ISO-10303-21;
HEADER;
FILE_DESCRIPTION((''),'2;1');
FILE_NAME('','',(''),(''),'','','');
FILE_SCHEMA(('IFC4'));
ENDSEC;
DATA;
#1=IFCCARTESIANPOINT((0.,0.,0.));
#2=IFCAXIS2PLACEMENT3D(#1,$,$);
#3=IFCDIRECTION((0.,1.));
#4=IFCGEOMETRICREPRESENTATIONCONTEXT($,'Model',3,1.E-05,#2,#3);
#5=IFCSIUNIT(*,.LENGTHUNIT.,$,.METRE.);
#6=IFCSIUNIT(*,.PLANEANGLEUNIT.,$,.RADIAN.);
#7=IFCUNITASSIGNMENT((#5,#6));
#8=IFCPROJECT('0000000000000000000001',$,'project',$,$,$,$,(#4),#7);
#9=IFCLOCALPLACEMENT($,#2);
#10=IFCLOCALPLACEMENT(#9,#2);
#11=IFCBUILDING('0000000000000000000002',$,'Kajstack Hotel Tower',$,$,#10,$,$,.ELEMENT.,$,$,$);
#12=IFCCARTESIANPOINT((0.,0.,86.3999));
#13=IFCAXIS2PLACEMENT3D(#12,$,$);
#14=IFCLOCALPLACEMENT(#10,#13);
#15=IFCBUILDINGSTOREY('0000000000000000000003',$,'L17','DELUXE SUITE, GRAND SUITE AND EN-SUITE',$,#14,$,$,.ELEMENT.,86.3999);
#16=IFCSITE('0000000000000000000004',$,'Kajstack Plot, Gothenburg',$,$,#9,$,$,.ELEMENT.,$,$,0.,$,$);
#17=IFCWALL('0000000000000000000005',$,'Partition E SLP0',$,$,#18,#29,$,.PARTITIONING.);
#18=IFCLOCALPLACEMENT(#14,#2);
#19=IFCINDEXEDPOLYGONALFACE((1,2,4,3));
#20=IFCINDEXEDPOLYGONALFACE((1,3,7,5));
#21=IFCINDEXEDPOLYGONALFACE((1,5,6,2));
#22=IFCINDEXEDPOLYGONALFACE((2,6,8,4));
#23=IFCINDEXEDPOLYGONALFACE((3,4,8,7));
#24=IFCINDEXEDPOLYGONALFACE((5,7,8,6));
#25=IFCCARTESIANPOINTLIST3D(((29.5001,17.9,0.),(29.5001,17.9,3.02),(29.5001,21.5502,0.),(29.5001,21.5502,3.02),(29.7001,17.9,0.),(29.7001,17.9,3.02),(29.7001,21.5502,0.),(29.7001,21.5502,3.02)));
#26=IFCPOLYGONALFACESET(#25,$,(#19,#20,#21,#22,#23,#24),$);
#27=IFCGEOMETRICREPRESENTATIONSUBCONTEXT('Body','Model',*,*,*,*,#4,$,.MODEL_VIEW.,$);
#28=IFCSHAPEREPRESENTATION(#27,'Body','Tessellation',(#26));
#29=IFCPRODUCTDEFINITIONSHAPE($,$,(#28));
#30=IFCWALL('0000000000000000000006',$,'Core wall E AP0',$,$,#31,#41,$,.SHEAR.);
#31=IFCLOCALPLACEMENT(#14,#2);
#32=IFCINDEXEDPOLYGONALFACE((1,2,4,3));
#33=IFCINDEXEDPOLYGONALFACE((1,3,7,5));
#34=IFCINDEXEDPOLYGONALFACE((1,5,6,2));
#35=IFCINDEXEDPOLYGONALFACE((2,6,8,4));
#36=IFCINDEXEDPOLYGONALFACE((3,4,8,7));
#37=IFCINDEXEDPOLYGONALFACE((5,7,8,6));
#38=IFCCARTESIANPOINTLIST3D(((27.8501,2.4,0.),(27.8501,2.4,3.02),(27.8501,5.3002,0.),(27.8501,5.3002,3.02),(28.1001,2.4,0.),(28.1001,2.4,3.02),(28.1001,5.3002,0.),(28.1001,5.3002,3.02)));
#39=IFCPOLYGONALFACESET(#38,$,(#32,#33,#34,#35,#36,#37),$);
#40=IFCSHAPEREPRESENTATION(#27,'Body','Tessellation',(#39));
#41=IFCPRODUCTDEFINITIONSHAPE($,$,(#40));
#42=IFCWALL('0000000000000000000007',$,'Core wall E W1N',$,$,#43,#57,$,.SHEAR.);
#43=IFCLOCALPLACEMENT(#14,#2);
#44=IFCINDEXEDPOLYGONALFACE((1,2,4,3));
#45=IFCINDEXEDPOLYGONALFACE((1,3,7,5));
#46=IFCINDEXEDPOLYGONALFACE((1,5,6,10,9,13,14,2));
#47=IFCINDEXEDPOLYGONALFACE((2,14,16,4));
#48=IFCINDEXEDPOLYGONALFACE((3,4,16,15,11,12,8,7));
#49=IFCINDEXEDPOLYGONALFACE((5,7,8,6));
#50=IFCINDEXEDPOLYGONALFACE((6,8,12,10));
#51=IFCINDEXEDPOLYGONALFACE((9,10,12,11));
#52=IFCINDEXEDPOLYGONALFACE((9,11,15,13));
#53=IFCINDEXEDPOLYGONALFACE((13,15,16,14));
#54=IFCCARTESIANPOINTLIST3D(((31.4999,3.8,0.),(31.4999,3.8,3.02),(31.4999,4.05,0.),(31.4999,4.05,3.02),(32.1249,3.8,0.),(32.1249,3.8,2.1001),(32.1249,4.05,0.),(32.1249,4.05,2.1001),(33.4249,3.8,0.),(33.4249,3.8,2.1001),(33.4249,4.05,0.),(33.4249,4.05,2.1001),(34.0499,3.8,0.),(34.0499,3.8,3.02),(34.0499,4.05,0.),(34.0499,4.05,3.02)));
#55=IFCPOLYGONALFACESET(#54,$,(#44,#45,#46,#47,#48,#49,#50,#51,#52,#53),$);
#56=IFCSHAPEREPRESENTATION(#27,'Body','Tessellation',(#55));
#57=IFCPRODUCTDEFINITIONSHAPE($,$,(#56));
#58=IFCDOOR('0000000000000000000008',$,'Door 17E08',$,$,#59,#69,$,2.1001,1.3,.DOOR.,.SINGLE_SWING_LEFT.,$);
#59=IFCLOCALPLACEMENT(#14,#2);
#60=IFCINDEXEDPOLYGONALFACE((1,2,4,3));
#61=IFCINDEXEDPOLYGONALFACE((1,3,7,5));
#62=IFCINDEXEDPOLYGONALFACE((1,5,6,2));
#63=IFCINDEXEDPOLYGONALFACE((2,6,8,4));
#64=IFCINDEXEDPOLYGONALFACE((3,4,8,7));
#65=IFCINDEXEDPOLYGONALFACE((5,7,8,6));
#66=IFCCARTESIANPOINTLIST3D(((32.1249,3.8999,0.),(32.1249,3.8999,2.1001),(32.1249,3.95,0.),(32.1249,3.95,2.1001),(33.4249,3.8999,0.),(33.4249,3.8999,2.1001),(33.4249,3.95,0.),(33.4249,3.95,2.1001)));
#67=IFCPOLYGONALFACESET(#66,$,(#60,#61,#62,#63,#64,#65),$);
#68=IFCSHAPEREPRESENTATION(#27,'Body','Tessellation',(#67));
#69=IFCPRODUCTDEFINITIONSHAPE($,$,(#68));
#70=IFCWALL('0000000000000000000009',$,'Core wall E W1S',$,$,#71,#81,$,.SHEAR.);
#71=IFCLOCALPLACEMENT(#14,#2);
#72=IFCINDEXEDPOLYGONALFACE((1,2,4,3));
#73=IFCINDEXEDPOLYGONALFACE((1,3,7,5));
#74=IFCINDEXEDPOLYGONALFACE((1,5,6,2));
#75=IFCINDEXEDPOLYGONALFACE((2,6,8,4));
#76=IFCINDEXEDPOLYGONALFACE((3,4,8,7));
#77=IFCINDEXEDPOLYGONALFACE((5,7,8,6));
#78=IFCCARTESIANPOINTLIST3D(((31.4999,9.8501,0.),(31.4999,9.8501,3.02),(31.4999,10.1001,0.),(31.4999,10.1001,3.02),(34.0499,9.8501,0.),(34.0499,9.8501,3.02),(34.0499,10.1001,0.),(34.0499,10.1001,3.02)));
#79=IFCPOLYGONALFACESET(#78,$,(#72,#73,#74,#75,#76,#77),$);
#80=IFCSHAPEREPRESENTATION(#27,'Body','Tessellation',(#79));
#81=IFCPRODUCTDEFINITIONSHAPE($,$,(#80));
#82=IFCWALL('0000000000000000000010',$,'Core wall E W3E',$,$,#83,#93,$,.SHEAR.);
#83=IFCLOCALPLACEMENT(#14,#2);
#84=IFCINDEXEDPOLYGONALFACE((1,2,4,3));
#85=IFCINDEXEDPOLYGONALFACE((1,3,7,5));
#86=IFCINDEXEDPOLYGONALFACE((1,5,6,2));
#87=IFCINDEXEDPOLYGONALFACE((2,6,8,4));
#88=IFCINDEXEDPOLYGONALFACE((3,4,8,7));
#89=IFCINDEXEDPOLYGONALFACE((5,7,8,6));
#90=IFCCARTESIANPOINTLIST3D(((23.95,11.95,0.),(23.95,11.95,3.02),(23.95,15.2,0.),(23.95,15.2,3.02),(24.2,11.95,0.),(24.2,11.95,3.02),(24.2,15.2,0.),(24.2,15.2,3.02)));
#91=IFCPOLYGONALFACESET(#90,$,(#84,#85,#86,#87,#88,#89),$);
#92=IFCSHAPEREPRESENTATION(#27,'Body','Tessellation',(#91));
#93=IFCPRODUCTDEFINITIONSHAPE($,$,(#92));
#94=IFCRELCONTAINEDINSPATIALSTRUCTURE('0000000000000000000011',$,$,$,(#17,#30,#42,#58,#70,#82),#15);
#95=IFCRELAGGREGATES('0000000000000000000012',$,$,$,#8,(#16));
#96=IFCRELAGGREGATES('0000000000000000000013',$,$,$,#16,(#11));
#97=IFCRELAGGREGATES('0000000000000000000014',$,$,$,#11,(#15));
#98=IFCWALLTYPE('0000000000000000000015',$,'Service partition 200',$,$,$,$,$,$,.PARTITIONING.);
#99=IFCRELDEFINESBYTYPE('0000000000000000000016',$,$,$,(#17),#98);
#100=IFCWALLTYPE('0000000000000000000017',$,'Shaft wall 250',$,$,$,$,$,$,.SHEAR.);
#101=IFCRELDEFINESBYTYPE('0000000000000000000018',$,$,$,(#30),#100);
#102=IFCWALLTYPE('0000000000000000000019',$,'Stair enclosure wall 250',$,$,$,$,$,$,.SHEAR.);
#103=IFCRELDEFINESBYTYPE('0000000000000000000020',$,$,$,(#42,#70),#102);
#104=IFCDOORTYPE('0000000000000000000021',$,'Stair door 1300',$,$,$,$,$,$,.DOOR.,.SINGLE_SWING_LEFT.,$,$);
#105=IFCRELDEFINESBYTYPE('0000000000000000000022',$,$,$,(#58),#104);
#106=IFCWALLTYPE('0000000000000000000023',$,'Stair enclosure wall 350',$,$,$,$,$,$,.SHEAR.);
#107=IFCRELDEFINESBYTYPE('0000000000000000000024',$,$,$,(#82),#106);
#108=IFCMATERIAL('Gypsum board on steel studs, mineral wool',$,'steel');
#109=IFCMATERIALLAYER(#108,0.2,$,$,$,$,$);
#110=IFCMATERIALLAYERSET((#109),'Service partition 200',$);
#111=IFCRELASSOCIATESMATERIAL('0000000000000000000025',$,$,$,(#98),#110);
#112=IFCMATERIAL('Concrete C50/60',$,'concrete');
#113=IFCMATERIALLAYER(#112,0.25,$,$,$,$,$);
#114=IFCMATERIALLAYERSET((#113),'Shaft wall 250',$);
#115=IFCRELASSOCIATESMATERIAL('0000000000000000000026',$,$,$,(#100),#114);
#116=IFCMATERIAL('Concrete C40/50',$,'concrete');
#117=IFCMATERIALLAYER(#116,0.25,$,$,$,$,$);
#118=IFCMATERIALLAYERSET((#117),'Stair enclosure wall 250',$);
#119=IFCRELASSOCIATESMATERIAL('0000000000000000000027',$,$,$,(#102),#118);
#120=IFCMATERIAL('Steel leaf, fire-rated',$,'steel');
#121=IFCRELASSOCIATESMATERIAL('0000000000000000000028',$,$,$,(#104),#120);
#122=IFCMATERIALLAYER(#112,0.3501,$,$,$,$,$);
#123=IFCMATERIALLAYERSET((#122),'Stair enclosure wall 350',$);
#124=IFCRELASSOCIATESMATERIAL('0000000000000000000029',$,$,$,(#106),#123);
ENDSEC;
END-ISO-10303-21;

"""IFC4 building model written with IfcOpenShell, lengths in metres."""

from ifc_helpers import new_model, si_unit, direction, frame, frame_2d, origin, place, context, subcontext, project, spatial, rectangle, extrude, material, layer, layer_set, type_object, element, fill, save


model = new_model("IFC4")

# Units and contexts
model_context = context("Model", 3, precision=1e-05, world=origin(), true_north=direction((0.0, 1.0)))
body_context = subcontext(model_context, "Body", "Model", "MODEL_VIEW")
ifc_project = project(units=[si_unit("LENGTHUNIT", "METRE"), si_unit("PLANEANGLEUNIT", "RADIAN")], contexts=[model_context])

# Site, building, storey
site_placement = place(None, origin())
site = spatial("IfcSite", under=ifc_project, at=site_placement, Name="Kajstack Plot, Gothenburg", CompositionType="ELEMENT", RefElevation=0.0)
building_placement = place(site_placement, origin())
building = spatial("IfcBuilding", under=site, at=building_placement, Name="Kajstack Hotel Tower", CompositionType="ELEMENT")
storey_placement = place(building_placement, frame((0.0, 0.0, 86.3999)))
storey = spatial("IfcBuildingStorey", under=building, at=storey_placement, Name="L17", Description="DELUXE SUITE, GRAND SUITE AND EN-SUITE", CompositionType="ELEMENT", Elevation=86.3999)

# Shared definitions
ifc_material_1 = material(Name="Concrete C40/50", Category="concrete")
ifc_material_2 = material(Name="Concrete C50/60", Category="concrete")

# Shared definitions
ifc_material_3 = material(Name="Gypsum board on steel studs, mineral wool", Category="steel")
ifc_layer_1 = layer(ifc_material_3, 0.2)
ifc_layer_set_1 = layer_set([ifc_layer_1], Name="Service partition 200")
wall_type_1 = type_object("IfcWallType", Name="Service partition 200", PredefinedType="PARTITIONING", material=ifc_layer_set_1)

# Walls
wall_1_placement = place(storey_placement, frame((29.6001, 17.8999, 0.0), z_axis=(0.0, 0.0, 1.0), x_axis=(0.0, 1.0, 0.0)))
element("IfcWall", 1, at=wall_1_placement, inside=storey, type_object=wall_type_1, Name="Partition E SLP0", PredefinedType="PARTITIONING", context=body_context, shape_type="SweptSolid", body=[
    extrude(rectangle(XDim=3.6501, YDim=0.2, at=frame_2d((1.8252, 0.0))), origin(), (0.0, 0.0, 1.0), 3.02),
])
ifc_layer_2 = layer(ifc_material_2, 0.25)
ifc_layer_set_2 = layer_set([ifc_layer_2], Name="Shaft wall 250")
wall_type_2 = type_object("IfcWallType", Name="Shaft wall 250", PredefinedType="SHEAR", material=ifc_layer_set_2)
wall_2_placement = place(storey_placement, frame((27.9751, 2.3999, 0.0), z_axis=(0.0, 0.0, 1.0), x_axis=(0.0, 1.0, 0.0)))
element("IfcWall", 2, at=wall_2_placement, inside=storey, type_object=wall_type_2, Name="Core wall E AP0", PredefinedType="SHEAR", context=body_context, shape_type="SweptSolid", body=[
    extrude(rectangle(XDim=2.9001, YDim=0.25, at=frame_2d((1.4502, 0.0))), origin(), (0.0, 0.0, 1.0), 3.02),
])

# Wall, opening, door
ifc_layer_3 = layer(ifc_material_1, 0.25)
ifc_layer_set_3 = layer_set([ifc_layer_3], Name="Stair enclosure wall 250")
wall_type_3 = type_object("IfcWallType", Name="Stair enclosure wall 250", PredefinedType="SHEAR", material=ifc_layer_set_3)
wall_3_placement = place(storey_placement, frame((31.5, 3.925, 0.0), z_axis=(0.0, 0.0, 1.0), x_axis=(1.0, 0.0, 0.0)))
wall_3 = element("IfcWall", 3, at=wall_3_placement, inside=storey, type_object=wall_type_3, Name="Core wall E W1N", PredefinedType="SHEAR", context=body_context, shape_type="SweptSolid", body=[
    extrude(rectangle(XDim=2.55, YDim=0.25, at=frame_2d((1.2749, 0.0))), origin(), (0.0, 0.0, 1.0), 3.02),
])
opening_1_placement = place(wall_3_placement, frame((0.625, 0.0, 0.0)))
opening_1 = element("IfcOpeningElement", 4, at=opening_1_placement, cuts=wall_3, PredefinedType="OPENING", context=body_context, shape_type="SweptSolid", body=[
    extrude(rectangle(XDim=1.3, YDim=2.1001, at=frame_2d((0.6499, 1.05))), frame((0.0, 0.135, 0.0), z_axis=(0.0, -1.0, 0.0), x_axis=(1.0, 0.0, 0.0)), (0.0, 0.0, 1.0), 0.27),
])
ifc_material_4 = material(Name="Steel leaf, fire-rated", Category="steel")
door_type_1 = type_object("IfcDoorType", Name="Stair door 1300", OperationType="SINGLE_SWING_LEFT", PredefinedType="DOOR", material=ifc_material_4)
door_1_placement = place(opening_1_placement, origin())
door_1 = element("IfcDoor", 5, at=door_1_placement, inside=storey, type_object=door_type_1, Name="Door 17E08", OperationType="SINGLE_SWING_LEFT", OverallHeight=2.1001, OverallWidth=1.3, PredefinedType="DOOR", context=body_context, shape_type="SweptSolid", body=[
    extrude(rectangle(XDim=1.3, YDim=2.1001, at=frame_2d((0.6499, 1.05))), frame((0.0, 0.0249, 0.0), z_axis=(0.0, -1.0, 0.0), x_axis=(1.0, 0.0, 0.0)), (0.0, 0.0, 1.0), 0.05),
])
fill(opening_1, door_1)

# Walls
wall_4_placement = place(storey_placement, frame((31.5, 9.9751, 0.0), z_axis=(0.0, 0.0, 1.0), x_axis=(1.0, 0.0, 0.0)))
element("IfcWall", 6, at=wall_4_placement, inside=storey, type_object=wall_type_3, Name="Core wall E W1S", PredefinedType="SHEAR", context=body_context, shape_type="SweptSolid", body=[
    extrude(rectangle(XDim=2.55, YDim=0.25, at=frame_2d((1.2749, 0.0))), origin(), (0.0, 0.0, 1.0), 3.02),
])
ifc_layer_4 = layer(ifc_material_2, 0.3501)
ifc_layer_set_4 = layer_set([ifc_layer_4], Name="Stair enclosure wall 350")
wall_type_4 = type_object("IfcWallType", Name="Stair enclosure wall 350", PredefinedType="SHEAR", material=ifc_layer_set_4)
wall_5_placement = place(storey_placement, frame((24.075, 11.95, 0.0), z_axis=(0.0, 0.0, 1.0), x_axis=(0.0, 1.0, 0.0)))
element("IfcWall", 7, at=wall_5_placement, inside=storey, type_object=wall_type_4, Name="Core wall E W3E", PredefinedType="SHEAR", context=body_context, shape_type="SweptSolid", body=[
    extrude(rectangle(XDim=3.25, YDim=0.25, at=frame_2d((1.625, 0.0))), origin(), (0.0, 0.0, 1.0), 3.02),
])

save(model, "model.ifc")
